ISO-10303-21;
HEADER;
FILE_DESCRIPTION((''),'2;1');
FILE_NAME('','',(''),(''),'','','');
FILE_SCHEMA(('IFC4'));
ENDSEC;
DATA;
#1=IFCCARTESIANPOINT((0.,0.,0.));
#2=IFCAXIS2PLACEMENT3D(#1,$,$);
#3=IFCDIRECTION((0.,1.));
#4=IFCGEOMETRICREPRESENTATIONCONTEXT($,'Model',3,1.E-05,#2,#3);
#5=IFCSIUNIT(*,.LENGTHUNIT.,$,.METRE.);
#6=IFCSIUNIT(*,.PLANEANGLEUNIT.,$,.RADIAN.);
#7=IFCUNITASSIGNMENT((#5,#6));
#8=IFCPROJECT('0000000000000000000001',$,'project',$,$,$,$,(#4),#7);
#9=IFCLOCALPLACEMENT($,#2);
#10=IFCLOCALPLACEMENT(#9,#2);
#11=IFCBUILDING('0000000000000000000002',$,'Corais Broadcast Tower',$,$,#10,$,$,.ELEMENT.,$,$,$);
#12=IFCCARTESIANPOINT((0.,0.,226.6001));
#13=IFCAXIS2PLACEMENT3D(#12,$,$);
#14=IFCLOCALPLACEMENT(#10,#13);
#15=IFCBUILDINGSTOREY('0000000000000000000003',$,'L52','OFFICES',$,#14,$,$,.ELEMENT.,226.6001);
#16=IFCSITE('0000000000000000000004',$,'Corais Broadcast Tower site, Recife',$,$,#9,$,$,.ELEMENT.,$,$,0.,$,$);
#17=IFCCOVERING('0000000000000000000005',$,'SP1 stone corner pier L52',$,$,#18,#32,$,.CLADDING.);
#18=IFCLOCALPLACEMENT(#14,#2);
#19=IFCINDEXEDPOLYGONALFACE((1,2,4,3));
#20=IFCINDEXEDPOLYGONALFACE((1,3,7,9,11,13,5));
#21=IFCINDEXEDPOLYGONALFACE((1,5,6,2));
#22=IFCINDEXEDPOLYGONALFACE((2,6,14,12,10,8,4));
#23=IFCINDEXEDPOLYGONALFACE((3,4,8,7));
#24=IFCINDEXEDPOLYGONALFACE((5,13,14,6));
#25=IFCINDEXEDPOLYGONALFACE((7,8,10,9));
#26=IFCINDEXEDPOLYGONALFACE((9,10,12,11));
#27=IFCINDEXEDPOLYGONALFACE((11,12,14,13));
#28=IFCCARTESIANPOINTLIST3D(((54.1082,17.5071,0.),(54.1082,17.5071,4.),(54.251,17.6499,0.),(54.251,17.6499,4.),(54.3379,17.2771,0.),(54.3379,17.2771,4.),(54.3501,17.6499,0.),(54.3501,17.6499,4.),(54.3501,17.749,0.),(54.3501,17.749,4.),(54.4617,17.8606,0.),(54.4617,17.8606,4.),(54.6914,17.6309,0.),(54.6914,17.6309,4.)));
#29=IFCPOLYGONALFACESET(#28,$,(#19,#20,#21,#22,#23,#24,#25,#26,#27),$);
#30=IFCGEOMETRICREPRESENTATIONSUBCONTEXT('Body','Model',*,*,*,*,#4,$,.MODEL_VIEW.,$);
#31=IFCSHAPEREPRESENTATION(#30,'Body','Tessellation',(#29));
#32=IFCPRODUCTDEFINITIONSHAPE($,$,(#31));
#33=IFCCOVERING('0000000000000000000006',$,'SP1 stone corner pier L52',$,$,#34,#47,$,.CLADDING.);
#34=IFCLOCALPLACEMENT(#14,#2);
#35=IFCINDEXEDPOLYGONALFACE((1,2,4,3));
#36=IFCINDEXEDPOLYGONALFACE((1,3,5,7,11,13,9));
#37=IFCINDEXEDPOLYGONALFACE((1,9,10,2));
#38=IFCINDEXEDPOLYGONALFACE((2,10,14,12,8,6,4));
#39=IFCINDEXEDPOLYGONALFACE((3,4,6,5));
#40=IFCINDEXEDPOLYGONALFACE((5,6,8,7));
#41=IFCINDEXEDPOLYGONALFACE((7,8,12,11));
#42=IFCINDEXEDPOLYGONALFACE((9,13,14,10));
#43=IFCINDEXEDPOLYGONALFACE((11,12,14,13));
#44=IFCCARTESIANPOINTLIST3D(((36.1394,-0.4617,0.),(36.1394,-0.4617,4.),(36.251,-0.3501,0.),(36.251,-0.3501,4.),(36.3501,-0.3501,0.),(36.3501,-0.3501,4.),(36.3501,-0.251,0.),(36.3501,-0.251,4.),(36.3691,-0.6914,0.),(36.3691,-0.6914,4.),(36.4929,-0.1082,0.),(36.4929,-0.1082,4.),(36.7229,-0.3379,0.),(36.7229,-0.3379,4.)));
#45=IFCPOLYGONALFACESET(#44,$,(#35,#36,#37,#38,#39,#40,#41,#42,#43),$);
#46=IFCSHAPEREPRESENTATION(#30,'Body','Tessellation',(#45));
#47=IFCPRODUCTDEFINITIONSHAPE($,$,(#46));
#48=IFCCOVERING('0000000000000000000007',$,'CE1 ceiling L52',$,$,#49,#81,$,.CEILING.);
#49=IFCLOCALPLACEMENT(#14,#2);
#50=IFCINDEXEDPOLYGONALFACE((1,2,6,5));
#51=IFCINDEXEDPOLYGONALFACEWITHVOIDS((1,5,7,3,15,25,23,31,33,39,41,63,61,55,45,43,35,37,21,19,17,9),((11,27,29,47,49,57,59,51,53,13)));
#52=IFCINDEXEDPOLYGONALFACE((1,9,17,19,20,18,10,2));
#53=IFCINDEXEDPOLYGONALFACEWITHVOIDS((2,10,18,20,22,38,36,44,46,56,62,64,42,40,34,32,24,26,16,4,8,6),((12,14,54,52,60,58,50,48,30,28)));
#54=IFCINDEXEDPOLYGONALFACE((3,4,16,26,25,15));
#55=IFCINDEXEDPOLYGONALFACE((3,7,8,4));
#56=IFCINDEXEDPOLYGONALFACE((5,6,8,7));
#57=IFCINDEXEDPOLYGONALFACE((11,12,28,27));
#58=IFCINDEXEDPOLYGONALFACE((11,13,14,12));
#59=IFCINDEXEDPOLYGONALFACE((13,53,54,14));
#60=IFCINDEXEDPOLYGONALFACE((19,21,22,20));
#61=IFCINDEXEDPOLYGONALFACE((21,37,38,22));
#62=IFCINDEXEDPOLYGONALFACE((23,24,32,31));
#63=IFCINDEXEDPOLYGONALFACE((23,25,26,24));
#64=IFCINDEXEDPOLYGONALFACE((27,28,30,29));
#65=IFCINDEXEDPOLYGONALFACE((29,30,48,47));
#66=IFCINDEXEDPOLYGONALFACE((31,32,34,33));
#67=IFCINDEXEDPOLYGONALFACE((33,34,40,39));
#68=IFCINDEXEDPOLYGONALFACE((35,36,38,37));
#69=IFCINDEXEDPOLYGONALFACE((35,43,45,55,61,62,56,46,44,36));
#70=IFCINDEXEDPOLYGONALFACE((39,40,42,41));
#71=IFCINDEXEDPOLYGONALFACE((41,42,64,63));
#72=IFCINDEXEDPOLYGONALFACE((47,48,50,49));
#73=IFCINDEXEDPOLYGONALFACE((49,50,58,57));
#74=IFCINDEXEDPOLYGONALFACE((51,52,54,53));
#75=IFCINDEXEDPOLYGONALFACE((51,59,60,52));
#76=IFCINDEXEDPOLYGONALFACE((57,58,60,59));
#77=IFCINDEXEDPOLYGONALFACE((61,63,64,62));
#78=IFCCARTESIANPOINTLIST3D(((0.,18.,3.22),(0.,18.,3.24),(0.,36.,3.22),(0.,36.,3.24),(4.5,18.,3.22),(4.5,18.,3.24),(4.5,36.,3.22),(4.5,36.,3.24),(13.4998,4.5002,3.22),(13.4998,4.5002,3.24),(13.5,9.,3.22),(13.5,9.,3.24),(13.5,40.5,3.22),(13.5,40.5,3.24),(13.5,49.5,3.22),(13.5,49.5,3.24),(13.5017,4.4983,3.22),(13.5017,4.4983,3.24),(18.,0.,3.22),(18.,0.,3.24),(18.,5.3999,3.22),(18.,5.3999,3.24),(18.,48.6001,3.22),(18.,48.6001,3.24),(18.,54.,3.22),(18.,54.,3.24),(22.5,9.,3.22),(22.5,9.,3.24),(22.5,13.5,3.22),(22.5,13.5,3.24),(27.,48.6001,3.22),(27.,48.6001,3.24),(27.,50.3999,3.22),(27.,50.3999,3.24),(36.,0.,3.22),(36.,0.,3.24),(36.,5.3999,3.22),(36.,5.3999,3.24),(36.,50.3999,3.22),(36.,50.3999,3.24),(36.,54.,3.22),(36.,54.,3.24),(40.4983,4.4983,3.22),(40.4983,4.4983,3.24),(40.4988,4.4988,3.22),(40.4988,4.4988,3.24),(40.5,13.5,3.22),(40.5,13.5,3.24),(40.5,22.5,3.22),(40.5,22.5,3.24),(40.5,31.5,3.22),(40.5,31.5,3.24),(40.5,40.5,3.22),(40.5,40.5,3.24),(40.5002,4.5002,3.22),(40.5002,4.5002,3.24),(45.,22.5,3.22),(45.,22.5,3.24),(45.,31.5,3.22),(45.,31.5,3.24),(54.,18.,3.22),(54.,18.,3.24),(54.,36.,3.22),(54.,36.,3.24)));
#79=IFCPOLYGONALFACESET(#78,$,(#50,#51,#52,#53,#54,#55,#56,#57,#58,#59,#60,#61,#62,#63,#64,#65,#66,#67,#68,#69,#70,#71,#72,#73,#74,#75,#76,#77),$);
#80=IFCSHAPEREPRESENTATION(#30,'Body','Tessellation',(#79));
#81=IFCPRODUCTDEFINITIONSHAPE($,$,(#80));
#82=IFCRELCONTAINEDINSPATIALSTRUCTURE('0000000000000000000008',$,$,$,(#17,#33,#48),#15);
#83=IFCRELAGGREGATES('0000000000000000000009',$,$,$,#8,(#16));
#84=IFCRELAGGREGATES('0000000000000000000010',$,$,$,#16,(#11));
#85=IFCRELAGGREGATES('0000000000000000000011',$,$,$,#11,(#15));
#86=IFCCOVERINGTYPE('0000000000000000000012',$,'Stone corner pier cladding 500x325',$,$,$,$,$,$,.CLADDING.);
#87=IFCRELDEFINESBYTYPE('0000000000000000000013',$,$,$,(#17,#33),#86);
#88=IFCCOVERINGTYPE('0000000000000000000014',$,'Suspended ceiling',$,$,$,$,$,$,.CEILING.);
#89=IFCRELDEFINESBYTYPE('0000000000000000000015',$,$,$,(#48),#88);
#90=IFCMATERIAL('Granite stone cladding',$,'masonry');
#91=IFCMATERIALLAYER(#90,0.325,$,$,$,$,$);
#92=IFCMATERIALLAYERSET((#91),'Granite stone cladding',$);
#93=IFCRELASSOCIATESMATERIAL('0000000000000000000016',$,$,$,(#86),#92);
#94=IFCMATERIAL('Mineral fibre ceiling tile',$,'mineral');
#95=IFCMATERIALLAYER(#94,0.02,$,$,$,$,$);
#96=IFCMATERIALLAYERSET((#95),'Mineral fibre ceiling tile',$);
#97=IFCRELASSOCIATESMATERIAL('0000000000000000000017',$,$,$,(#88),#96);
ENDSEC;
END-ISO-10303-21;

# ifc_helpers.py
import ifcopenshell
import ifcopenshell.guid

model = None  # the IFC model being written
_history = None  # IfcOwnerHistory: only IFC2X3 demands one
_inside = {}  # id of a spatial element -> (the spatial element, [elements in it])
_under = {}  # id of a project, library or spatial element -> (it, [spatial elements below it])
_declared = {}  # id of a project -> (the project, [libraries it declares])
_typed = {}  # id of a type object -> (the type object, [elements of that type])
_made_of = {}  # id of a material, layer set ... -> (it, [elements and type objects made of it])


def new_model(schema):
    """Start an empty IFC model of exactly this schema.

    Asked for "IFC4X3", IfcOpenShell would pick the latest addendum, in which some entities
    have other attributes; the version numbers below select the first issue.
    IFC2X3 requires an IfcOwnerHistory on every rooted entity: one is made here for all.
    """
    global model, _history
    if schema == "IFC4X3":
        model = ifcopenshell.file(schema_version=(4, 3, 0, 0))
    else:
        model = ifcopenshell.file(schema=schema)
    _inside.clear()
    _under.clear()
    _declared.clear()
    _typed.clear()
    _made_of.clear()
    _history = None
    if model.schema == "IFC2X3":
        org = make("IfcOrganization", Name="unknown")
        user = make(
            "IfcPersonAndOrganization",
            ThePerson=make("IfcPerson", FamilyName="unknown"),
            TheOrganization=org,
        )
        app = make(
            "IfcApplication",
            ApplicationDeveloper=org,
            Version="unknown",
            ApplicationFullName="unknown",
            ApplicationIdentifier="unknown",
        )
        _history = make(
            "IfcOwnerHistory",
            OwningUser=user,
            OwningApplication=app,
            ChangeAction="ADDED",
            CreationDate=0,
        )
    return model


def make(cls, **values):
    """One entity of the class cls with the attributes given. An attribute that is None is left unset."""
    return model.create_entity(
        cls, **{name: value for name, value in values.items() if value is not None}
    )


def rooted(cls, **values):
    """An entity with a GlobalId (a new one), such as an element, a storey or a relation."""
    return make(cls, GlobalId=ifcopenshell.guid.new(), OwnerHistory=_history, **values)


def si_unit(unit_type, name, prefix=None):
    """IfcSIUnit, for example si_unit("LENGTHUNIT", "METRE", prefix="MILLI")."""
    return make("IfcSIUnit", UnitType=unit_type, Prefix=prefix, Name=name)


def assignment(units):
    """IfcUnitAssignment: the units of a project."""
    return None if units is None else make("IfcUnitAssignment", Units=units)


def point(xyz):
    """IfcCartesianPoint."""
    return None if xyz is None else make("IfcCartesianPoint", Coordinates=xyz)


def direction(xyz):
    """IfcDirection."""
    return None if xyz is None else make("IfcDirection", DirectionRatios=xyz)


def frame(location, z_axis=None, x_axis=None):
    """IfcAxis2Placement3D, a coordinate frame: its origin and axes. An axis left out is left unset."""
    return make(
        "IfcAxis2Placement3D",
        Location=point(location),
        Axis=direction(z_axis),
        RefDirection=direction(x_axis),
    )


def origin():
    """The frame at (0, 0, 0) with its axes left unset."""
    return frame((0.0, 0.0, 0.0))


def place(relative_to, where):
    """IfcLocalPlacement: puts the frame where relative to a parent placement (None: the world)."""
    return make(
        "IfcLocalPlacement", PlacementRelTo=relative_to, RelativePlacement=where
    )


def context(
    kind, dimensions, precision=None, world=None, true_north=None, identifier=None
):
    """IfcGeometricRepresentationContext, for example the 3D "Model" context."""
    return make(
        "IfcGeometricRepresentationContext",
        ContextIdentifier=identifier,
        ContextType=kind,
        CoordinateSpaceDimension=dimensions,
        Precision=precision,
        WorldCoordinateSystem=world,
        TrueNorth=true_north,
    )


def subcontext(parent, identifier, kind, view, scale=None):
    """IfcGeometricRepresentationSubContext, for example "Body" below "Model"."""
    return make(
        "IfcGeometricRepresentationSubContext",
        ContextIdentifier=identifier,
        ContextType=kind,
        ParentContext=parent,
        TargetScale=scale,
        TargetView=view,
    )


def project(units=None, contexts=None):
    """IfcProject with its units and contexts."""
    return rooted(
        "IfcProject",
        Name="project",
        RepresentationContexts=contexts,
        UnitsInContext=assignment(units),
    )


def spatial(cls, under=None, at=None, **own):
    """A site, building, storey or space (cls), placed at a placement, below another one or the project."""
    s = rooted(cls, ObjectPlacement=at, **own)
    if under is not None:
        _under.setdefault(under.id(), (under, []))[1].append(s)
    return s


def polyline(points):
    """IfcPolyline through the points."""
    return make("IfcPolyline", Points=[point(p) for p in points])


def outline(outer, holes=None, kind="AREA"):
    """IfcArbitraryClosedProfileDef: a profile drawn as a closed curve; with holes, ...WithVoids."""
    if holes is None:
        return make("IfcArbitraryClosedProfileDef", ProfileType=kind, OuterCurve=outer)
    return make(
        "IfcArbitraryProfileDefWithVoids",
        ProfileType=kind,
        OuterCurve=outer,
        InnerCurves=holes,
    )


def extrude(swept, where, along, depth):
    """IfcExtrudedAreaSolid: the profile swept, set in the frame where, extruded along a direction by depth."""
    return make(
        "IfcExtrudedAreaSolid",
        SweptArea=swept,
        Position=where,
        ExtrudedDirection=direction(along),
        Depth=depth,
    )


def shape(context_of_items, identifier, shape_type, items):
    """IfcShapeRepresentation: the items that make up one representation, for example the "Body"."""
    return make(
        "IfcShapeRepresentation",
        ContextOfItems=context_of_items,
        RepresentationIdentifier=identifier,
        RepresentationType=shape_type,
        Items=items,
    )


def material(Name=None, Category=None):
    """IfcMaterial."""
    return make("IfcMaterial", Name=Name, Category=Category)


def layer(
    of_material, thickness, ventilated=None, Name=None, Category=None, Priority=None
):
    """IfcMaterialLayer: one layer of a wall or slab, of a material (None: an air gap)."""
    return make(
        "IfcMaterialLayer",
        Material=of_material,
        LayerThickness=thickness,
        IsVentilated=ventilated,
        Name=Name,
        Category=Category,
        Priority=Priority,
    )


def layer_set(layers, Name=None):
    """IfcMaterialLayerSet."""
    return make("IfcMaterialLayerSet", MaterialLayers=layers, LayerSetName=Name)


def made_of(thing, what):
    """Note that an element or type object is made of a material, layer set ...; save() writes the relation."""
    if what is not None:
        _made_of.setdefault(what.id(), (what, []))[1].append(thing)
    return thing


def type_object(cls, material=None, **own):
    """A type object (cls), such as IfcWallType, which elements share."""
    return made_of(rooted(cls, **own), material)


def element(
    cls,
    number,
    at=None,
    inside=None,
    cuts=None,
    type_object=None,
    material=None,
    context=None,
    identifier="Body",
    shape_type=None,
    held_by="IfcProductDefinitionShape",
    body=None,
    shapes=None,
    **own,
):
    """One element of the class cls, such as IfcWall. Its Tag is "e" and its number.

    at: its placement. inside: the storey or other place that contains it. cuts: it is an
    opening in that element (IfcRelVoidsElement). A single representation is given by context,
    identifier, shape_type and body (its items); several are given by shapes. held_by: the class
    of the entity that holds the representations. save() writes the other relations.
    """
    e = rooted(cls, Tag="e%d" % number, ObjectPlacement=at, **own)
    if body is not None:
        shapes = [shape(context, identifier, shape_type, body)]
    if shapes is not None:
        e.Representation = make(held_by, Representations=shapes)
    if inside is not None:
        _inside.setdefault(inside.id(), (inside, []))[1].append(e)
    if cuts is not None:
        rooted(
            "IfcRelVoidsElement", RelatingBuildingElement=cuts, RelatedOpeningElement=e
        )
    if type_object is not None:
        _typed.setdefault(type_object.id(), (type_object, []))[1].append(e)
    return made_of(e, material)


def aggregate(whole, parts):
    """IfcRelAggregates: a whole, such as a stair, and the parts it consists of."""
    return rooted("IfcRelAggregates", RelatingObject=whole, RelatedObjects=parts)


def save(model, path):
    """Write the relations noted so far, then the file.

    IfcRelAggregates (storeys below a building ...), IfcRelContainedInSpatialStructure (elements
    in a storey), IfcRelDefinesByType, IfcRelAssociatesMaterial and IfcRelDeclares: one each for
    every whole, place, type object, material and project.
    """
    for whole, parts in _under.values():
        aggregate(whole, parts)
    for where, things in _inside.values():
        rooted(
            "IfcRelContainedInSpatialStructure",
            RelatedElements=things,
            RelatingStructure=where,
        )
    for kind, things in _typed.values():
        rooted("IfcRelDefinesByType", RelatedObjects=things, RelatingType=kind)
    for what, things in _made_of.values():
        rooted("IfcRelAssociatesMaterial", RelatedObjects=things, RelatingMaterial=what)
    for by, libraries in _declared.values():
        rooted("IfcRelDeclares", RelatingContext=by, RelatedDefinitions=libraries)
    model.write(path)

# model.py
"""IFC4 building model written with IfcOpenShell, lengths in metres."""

from ifc_helpers import new_model, si_unit, direction, frame, origin, place, context, subcontext, project, spatial, polyline, outline, extrude, material, layer, layer_set, type_object, element, save


model = new_model("IFC4")

# Units and contexts
model_context = context("Model", 3, precision=1e-05, world=origin(), true_north=direction((0.0, 1.0)))
body_context = subcontext(model_context, "Body", "Model", "MODEL_VIEW")
ifc_project = project(units=[si_unit("LENGTHUNIT", "METRE"), si_unit("PLANEANGLEUNIT", "RADIAN")], contexts=[model_context])

# Site, building, storey
site_placement = place(None, origin())
site = spatial("IfcSite", under=ifc_project, at=site_placement, Name="Corais Broadcast Tower site, Recife", CompositionType="ELEMENT", RefElevation=0.0)
building_placement = place(site_placement, origin())
building = spatial("IfcBuilding", under=site, at=building_placement, Name="Corais Broadcast Tower", CompositionType="ELEMENT")
storey_placement = place(building_placement, frame((0.0, 0.0, 226.6001)))
storey = spatial("IfcBuildingStorey", under=building, at=storey_placement, Name="L52", Description="OFFICES", CompositionType="ELEMENT", Elevation=226.6001)

# Coverings
ifc_material_1 = material(Name="Granite stone cladding", Category="masonry")
ifc_layer_1 = layer(ifc_material_1, 0.325)
ifc_layer_set_1 = layer_set([ifc_layer_1], Name="Granite stone cladding")
covering_type_1 = type_object("IfcCoveringType", Name="Stone corner pier cladding 500x325", PredefinedType="CLADDING", material=ifc_layer_set_1)
covering_1_placement = place(storey_placement, origin())
element("IfcCovering", 1, at=covering_1_placement, inside=storey, type_object=covering_type_1, Name="SP1 stone corner pier L52", PredefinedType="CLADDING", context=body_context, shape_type="SweptSolid", body=[
    extrude(outline(polyline([(54.4617, 17.8606), (54.3501, 17.749), (54.3501, 17.6499), (54.251, 17.6499), (54.1082, 17.5071), (54.3379, 17.2771), (54.6914, 17.6309), (54.4617, 17.8606)])), origin(), (0.0, 0.0, 1.0), 4.0),
])
covering_2_placement = place(storey_placement, origin())
element("IfcCovering", 2, at=covering_2_placement, inside=storey, type_object=covering_type_1, Name="SP1 stone corner pier L52", PredefinedType="CLADDING", context=body_context, shape_type="SweptSolid", body=[
    extrude(outline(polyline([(36.251, -0.3501), (36.1394, -0.4617), (36.3691, -0.6914), (36.7229, -0.3379), (36.4929, -0.1082), (36.3501, -0.251), (36.3501, -0.3501), (36.251, -0.3501)])), origin(), (0.0, 0.0, 1.0), 4.0),
])
ifc_material_2 = material(Name="Mineral fibre ceiling tile", Category="mineral")
ifc_layer_2 = layer(ifc_material_2, 0.02)
ifc_layer_set_2 = layer_set([ifc_layer_2], Name="Mineral fibre ceiling tile")
covering_type_2 = type_object("IfcCoveringType", Name="Suspended ceiling", PredefinedType="CEILING", material=ifc_layer_set_2)
covering_3_placement = place(storey_placement, frame((0.0, 0.0, 3.22)))
element("IfcCovering", 3, at=covering_3_placement, inside=storey, type_object=covering_type_2, Name="CE1 ceiling L52", PredefinedType="CEILING", context=body_context, shape_type="SweptSolid", body=[
    extrude(outline(polyline([(13.5, 49.5), (18.0, 54.0), (18.0, 48.6001), (27.0, 48.6001), (27.0, 50.3999), (36.0, 50.3999), (36.0, 54.0), (54.0, 36.0), (54.0, 18.0), (40.5002, 4.5002), (40.4988, 4.4988), (40.4983, 4.4983), (36.0, 0.0), (36.0, 5.3999), (18.0, 5.3999), (18.0, 0.0), (13.5017, 4.4983), (13.4998, 4.5002), (0.0, 18.0), (4.5, 18.0), (4.5, 36.0), (0.0, 36.0), (13.5, 49.5)]), holes=[polyline([(45.0, 22.5), (45.0, 31.5), (40.5, 31.5), (40.5, 40.5), (13.5, 40.5), (13.5, 9.0), (22.5, 9.0), (22.5, 13.5), (40.5, 13.5), (40.5, 22.5), (45.0, 22.5)])]), origin(), (0.0, 0.0, 1.0), 0.02),
])

save(model, "model.ifc")
